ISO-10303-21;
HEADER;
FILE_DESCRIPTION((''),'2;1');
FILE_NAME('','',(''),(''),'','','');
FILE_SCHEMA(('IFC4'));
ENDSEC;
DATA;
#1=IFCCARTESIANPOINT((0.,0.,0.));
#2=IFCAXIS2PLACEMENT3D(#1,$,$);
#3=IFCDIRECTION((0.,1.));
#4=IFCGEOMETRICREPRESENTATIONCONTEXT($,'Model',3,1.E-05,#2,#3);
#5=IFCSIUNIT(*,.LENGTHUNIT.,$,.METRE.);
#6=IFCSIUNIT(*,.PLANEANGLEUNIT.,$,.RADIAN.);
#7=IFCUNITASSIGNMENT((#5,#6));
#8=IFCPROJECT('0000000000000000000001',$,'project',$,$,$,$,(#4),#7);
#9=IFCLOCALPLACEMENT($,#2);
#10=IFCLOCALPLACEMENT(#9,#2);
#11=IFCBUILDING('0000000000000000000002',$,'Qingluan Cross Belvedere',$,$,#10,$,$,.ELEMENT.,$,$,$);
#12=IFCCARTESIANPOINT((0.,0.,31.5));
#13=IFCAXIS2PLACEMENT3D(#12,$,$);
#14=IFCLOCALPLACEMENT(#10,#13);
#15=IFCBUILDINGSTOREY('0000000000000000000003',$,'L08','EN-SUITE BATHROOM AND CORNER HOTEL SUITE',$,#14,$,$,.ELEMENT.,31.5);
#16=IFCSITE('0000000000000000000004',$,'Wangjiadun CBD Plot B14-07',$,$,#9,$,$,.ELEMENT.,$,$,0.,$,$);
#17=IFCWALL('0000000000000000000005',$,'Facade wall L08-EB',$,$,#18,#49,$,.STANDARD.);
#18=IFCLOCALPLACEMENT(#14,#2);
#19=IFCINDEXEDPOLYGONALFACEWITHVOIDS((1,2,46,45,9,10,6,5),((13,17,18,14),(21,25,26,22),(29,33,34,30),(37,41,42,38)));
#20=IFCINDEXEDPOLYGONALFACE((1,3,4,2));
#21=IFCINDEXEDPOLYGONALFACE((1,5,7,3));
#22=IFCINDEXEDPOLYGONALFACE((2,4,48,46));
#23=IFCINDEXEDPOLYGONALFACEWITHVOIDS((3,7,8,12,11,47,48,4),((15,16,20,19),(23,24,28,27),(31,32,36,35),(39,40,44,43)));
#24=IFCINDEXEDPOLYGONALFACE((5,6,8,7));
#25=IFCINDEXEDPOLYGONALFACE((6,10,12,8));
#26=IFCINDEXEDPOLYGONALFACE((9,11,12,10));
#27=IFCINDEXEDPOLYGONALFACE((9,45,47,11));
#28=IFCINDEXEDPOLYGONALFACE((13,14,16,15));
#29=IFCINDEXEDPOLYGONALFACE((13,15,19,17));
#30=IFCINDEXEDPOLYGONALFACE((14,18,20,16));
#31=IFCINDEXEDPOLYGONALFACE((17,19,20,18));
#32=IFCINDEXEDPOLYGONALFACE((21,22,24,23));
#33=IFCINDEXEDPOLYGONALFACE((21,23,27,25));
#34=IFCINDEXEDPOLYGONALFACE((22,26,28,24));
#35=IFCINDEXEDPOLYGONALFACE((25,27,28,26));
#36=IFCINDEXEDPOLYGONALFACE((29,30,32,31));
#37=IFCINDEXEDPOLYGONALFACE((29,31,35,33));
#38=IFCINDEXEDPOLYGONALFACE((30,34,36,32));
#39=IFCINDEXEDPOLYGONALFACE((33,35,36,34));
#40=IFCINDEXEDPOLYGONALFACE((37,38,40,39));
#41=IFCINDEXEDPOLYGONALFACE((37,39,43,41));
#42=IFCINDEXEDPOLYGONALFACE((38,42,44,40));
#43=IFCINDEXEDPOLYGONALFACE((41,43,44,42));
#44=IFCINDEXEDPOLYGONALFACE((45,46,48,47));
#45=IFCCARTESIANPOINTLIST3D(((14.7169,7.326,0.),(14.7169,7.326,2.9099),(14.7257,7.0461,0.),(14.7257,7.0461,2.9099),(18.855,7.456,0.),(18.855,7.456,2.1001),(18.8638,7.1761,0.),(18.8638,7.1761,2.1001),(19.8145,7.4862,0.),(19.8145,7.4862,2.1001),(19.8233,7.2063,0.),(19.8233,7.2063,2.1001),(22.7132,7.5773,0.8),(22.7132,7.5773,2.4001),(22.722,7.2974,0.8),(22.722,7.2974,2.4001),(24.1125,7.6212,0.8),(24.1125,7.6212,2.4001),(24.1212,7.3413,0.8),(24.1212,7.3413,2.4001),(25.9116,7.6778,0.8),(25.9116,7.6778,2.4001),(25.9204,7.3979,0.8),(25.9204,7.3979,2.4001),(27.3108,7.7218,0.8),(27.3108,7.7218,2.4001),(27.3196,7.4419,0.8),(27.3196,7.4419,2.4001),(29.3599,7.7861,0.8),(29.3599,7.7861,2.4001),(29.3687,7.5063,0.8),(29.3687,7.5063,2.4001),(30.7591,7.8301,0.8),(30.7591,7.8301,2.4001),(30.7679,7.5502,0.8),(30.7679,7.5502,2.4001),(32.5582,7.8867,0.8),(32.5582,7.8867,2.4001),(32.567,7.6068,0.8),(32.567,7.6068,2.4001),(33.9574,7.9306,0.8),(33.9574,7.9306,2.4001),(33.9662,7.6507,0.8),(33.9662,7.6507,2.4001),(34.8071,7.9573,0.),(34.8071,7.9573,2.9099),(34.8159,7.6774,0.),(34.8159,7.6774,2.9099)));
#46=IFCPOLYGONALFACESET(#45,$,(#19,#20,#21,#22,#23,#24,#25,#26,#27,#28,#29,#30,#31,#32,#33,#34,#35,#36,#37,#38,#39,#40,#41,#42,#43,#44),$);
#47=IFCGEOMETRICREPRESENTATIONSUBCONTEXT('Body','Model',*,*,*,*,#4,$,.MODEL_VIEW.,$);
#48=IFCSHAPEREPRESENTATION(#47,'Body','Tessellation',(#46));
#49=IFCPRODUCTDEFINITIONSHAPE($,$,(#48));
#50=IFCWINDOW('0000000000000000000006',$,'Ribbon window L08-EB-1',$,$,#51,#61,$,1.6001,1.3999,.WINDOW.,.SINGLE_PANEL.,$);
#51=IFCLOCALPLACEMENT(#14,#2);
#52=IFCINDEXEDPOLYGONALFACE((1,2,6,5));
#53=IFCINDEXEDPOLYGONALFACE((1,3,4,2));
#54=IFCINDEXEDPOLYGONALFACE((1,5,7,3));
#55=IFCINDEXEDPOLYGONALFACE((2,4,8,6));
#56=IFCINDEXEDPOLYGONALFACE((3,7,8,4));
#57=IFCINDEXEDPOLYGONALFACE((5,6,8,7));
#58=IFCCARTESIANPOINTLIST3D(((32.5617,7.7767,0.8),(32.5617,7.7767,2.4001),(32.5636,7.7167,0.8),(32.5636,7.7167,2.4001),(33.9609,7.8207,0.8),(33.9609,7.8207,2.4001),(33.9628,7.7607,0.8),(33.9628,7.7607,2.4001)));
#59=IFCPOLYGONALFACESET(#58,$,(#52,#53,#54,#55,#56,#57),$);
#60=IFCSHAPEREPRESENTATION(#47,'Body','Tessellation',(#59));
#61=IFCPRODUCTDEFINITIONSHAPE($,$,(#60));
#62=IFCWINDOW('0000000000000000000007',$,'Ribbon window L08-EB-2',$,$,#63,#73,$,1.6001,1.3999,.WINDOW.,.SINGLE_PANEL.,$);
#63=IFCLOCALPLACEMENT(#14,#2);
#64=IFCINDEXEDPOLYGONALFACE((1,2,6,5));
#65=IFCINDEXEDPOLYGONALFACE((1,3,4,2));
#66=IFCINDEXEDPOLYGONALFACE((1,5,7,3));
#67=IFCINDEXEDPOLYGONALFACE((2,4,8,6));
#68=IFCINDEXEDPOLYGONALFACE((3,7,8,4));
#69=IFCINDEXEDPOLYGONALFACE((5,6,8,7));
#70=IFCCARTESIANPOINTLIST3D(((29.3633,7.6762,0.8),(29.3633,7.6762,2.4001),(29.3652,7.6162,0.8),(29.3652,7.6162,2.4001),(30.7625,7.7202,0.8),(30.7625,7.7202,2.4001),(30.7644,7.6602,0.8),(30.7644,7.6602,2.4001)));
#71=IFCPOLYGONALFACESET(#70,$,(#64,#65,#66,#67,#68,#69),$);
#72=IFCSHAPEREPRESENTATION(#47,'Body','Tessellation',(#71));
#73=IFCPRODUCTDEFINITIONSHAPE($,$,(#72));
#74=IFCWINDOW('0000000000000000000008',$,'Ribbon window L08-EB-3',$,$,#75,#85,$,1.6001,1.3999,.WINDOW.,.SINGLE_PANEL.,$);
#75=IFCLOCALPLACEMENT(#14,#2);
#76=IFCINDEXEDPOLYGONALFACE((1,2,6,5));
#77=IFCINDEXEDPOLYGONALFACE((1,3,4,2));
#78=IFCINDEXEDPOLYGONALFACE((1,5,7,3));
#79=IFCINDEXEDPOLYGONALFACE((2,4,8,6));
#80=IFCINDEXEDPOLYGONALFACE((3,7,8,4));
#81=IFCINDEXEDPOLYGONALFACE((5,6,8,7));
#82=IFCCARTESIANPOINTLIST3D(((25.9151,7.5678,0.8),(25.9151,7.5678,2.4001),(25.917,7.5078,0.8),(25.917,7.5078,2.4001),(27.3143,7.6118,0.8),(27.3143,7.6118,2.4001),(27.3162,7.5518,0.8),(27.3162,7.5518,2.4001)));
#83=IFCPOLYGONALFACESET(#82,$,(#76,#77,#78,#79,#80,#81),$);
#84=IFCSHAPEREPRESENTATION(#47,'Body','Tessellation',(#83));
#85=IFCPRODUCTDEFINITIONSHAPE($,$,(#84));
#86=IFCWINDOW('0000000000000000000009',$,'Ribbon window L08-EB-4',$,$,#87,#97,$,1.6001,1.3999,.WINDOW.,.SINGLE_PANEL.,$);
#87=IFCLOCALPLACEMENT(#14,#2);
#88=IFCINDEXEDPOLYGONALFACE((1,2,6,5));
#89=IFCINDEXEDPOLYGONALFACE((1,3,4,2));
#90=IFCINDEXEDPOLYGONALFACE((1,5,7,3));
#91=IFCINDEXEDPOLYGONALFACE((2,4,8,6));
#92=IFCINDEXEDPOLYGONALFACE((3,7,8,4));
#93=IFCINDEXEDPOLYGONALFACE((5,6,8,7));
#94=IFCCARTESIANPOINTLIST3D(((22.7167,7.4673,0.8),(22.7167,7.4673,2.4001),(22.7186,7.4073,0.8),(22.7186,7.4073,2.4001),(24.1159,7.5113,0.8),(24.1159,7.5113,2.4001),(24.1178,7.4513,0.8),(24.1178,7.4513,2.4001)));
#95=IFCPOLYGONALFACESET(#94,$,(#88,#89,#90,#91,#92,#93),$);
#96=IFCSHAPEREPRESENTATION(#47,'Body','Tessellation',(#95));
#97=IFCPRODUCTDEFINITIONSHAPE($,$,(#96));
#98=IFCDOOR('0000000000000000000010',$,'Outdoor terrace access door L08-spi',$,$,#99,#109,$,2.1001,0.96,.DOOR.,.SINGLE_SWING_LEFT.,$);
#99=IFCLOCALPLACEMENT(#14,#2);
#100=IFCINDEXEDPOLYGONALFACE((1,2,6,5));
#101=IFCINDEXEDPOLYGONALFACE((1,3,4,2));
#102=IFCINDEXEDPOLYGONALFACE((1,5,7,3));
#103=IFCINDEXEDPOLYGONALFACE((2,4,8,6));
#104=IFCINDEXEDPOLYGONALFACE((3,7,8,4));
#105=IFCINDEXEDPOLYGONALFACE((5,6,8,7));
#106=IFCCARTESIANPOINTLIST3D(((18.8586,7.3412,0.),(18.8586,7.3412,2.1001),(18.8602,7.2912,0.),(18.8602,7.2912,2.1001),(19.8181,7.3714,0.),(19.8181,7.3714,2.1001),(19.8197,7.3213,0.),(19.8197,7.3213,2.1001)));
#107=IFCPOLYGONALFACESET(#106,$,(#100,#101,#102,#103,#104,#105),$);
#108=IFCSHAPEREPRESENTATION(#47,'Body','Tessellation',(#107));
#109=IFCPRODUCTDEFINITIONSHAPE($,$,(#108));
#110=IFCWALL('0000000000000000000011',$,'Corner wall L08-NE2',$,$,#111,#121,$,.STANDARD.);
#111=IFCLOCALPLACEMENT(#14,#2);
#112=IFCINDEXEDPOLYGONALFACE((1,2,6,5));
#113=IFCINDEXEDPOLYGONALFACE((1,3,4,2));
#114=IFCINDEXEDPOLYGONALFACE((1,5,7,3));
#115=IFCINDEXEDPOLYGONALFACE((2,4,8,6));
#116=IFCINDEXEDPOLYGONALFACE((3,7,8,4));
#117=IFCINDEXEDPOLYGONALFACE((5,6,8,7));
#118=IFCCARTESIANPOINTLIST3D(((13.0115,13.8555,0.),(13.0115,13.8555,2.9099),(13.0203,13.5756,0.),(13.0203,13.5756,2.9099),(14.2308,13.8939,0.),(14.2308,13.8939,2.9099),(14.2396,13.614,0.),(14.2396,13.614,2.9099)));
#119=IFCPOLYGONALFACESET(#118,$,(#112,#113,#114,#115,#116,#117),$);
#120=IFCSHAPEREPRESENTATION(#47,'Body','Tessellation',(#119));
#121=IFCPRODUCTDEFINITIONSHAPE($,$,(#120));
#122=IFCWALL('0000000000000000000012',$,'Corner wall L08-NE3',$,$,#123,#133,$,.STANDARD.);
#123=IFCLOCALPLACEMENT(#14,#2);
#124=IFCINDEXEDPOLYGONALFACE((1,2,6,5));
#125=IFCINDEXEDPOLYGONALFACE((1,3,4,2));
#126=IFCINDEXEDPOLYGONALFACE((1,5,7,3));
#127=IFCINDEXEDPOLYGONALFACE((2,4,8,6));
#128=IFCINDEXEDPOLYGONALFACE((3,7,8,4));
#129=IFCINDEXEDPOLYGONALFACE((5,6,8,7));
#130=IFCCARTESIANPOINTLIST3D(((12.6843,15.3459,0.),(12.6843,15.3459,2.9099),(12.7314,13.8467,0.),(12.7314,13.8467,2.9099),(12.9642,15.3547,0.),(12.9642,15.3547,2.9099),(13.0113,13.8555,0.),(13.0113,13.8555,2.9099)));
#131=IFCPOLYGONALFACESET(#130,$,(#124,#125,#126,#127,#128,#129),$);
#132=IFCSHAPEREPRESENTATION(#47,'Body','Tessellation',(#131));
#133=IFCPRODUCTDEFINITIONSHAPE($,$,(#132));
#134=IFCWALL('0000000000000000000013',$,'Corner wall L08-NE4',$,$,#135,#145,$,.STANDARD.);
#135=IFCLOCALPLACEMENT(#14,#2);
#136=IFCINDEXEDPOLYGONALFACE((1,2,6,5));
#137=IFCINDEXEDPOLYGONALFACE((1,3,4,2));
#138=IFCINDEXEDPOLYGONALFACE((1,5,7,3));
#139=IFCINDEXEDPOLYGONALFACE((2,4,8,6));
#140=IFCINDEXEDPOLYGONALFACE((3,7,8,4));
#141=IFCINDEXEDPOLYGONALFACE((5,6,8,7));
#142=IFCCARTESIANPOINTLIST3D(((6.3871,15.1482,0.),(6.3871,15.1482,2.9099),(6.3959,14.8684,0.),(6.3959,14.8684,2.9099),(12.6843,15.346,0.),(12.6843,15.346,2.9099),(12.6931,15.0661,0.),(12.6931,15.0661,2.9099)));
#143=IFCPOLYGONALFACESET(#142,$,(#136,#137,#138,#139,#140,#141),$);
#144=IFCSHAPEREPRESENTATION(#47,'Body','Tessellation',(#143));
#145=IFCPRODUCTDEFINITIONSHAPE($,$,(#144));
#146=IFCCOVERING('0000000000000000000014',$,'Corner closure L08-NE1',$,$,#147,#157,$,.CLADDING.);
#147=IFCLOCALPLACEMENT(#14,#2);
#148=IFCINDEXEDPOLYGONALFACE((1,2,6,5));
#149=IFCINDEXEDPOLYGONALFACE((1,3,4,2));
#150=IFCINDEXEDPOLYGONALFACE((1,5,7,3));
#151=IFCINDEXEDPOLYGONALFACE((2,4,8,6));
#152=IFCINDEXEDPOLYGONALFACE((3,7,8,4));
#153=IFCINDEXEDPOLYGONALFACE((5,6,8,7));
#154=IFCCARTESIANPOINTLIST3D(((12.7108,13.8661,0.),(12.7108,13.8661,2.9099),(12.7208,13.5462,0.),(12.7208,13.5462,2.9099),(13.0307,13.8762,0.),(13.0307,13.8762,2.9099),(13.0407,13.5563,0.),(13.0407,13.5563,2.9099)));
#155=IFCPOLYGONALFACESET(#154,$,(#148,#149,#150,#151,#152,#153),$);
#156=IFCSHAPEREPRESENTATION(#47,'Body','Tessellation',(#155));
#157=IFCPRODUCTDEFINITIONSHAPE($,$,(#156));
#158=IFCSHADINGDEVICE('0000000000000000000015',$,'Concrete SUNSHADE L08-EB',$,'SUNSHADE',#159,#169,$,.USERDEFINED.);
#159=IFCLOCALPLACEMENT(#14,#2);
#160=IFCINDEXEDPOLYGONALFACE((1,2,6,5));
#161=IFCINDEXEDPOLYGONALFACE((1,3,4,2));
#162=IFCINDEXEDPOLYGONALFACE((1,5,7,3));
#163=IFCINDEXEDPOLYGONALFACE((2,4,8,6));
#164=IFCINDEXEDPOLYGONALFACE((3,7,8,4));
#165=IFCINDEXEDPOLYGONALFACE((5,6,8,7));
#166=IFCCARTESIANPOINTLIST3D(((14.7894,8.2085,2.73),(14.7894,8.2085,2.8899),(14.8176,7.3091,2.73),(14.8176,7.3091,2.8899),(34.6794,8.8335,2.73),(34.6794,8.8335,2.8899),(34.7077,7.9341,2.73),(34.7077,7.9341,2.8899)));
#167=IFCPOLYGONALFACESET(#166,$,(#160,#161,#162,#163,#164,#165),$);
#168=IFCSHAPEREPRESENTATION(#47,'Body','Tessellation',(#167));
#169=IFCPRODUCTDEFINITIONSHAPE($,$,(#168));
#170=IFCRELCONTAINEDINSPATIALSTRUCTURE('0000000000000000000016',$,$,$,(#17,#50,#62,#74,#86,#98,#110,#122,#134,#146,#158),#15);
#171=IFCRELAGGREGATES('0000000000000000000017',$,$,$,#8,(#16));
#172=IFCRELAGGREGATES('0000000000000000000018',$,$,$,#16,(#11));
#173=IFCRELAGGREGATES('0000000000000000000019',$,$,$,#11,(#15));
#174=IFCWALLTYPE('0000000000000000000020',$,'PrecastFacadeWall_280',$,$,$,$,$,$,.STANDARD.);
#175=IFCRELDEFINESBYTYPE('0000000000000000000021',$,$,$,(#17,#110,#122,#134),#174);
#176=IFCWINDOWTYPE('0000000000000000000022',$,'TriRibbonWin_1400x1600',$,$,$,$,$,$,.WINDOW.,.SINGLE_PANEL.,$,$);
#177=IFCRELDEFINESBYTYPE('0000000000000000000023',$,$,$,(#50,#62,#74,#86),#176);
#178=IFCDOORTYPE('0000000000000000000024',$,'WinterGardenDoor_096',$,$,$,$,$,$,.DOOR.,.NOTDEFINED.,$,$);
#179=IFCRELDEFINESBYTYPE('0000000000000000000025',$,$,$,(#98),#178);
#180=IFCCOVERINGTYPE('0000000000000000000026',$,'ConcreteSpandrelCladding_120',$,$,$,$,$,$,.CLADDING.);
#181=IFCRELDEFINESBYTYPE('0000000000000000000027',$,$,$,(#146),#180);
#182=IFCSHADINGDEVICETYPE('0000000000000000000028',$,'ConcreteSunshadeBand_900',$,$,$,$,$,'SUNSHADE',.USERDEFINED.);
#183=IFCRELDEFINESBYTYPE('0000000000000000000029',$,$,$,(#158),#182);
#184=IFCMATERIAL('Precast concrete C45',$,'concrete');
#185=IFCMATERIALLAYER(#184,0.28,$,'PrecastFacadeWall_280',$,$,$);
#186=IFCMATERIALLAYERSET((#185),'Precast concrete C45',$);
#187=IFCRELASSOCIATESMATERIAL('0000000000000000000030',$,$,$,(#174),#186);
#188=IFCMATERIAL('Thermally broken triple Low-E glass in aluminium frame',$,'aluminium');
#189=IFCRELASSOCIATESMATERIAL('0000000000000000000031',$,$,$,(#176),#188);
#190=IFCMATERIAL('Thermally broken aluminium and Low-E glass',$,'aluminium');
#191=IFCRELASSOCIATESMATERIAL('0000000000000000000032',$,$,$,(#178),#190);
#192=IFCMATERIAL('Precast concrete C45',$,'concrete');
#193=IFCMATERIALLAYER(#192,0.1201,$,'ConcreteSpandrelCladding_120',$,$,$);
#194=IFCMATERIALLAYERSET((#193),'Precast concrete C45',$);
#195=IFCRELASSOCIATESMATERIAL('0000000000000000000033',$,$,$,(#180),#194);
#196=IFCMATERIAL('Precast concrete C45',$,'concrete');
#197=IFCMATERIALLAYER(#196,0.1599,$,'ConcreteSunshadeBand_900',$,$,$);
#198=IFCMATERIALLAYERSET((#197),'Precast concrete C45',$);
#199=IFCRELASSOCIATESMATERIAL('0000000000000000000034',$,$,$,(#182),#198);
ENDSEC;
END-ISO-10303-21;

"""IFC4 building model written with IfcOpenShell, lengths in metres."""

from ifc_helpers import new_model, si_unit, direction, frame, frame_2d, origin, origin_2d, place, context, subcontext, project, spatial, rectangle, extrude, material, layer, layer_set, type_object, element, fill, save


model = new_model("IFC4")

# Units and contexts
model_context = context("Model", 3, precision=1e-05, world=origin(), true_north=direction((0.0, 1.0)))
body_context = subcontext(model_context, "Body", "Model", "MODEL_VIEW")
ifc_project = project(units=[si_unit("LENGTHUNIT", "METRE"), si_unit("PLANEANGLEUNIT", "RADIAN")], contexts=[model_context])

# Site, building, storey
site_placement = place(None, origin())
site = spatial("IfcSite", under=ifc_project, at=site_placement, Name="Wangjiadun CBD Plot B14-07", CompositionType="ELEMENT", RefElevation=0.0)
building_placement = place(site_placement, origin())
building = spatial("IfcBuilding", under=site, at=building_placement, Name="Qingluan Cross Belvedere", CompositionType="ELEMENT")
storey_placement = place(building_placement, frame((0.0, 0.0, 31.5)))
storey = spatial("IfcBuildingStorey", under=building, at=storey_placement, Name="L08", Description="EN-SUITE BATHROOM AND CORNER HOTEL SUITE", CompositionType="ELEMENT", Elevation=31.5)

# Wall, openings, windows, door
ifc_material_1 = material(Name="Precast concrete C45", Category="concrete")
ifc_layer_1 = layer(ifc_material_1, 0.28, Name="PrecastFacadeWall_280")
ifc_layer_set_1 = layer_set([ifc_layer_1], Name="Precast concrete C45")
wall_type = type_object("IfcWallType", Name="PrecastFacadeWall_280", PredefinedType="STANDARD", material=ifc_layer_set_1)
wall_1_placement = place(storey_placement, frame((34.8115, 7.8174, 0.0), z_axis=(0.0, 0.0, 1.0), x_axis=(-0.999507, -0.03141, 0.0)))
wall_1 = element("IfcWall", 1, at=wall_1_placement, inside=storey, type_object=wall_type, Name="Facade wall L08-EB", PredefinedType="STANDARD", context=body_context, shape_type="SweptSolid", body=[
    extrude(rectangle(XDim=20.1001, YDim=0.28, at=frame_2d((10.05, 0.0))), origin(), (0.0, 0.0, 1.0), 2.9099),
])
opening_1_placement = place(wall_1_placement, frame((0.8501, 0.0, 0.8)))
opening_1 = element("IfcOpeningElement", 2, at=opening_1_placement, cuts=wall_1, PredefinedType="OPENING", context=body_context, shape_type="SweptSolid", body=[
    extrude(rectangle(XDim=1.3999, YDim=1.6001, at=frame_2d((0.7, 0.8))), frame((0.0, 0.1499, 0.0), z_axis=(0.0, -1.0, 0.0), x_axis=(1.0, 0.0, 0.0)), (0.0, 0.0, 1.0), 0.3),
])
opening_2_placement = place(wall_1_placement, frame((4.05, 0.0, 0.8)))
opening_2 = element("IfcOpeningElement", 3, at=opening_2_placement, cuts=wall_1, PredefinedType="OPENING", context=body_context, shape_type="SweptSolid", body=[
    extrude(rectangle(XDim=1.3999, YDim=1.6001, at=frame_2d((0.7, 0.8))), frame((0.0, 0.1499, 0.0), z_axis=(0.0, -1.0, 0.0), x_axis=(1.0, 0.0, 0.0)), (0.0, 0.0, 1.0), 0.3),
])
opening_3_placement = place(wall_1_placement, frame((7.5, 0.0, 0.8)))
opening_3 = element("IfcOpeningElement", 4, at=opening_3_placement, cuts=wall_1, PredefinedType="OPENING", context=body_context, shape_type="SweptSolid", body=[
    extrude(rectangle(XDim=1.3999, YDim=1.6001, at=frame_2d((0.7, 0.8))), frame((0.0, 0.1499, 0.0), z_axis=(0.0, -1.0, 0.0), x_axis=(1.0, 0.0, 0.0)), (0.0, 0.0, 1.0), 0.3),
])
opening_4_placement = place(wall_1_placement, frame((10.7, 0.0, 0.8)))
opening_4 = element("IfcOpeningElement", 5, at=opening_4_placement, cuts=wall_1, PredefinedType="OPENING", context=body_context, shape_type="SweptSolid", body=[
    extrude(rectangle(XDim=1.3999, YDim=1.6001, at=frame_2d((0.7, 0.8))), frame((0.0, 0.1499, 0.0), z_axis=(0.0, -1.0, 0.0), x_axis=(1.0, 0.0, 0.0)), (0.0, 0.0, 1.0), 0.3),
])
opening_5_placement = place(wall_1_placement, frame((15.0, 0.0, 0.0)))
opening_5 = element("IfcOpeningElement", 6, at=opening_5_placement, cuts=wall_1, PredefinedType="OPENING", context=body_context, shape_type="SweptSolid", body=[
    extrude(rectangle(XDim=0.96, YDim=2.1001, at=frame_2d((0.48, 1.05))), frame((0.0, 0.1499, 0.0), z_axis=(0.0, -1.0, 0.0), x_axis=(1.0, 0.0, 0.0)), (0.0, 0.0, 1.0), 0.3),
])
ifc_material_2 = material(Name="Thermally broken triple Low-E glass in aluminium frame", Category="aluminium")
window_type = type_object("IfcWindowType", Name="TriRibbonWin_1400x1600", PartitioningType="SINGLE_PANEL", PredefinedType="WINDOW", material=ifc_material_2)
window_1_placement = place(opening_1_placement, origin())
window_1 = element("IfcWindow", 7, at=window_1_placement, inside=storey, type_object=window_type, Name="Ribbon window L08-EB-1", OverallHeight=1.6001, OverallWidth=1.3999, PartitioningType="SINGLE_PANEL", PredefinedType="WINDOW", context=body_context, shape_type="SweptSolid", body=[
    extrude(rectangle(XDim=1.3999, YDim=1.6001, at=frame_2d((0.7, 0.8))), frame((0.0, 0.03, 0.0), z_axis=(0.0, -1.0, 0.0), x_axis=(1.0, 0.0, 0.0)), (0.0, 0.0, 1.0), 0.0601),
])
fill(opening_1, window_1)
window_2_placement = place(opening_2_placement, origin())
window_2 = element("IfcWindow", 8, at=window_2_placement, inside=storey, type_object=window_type, Name="Ribbon window L08-EB-2", OverallHeight=1.6001, OverallWidth=1.3999, PartitioningType="SINGLE_PANEL", PredefinedType="WINDOW", context=body_context, shape_type="SweptSolid", body=[
    extrude(rectangle(XDim=1.3999, YDim=1.6001, at=frame_2d((0.7, 0.8))), frame((0.0, 0.03, 0.0), z_axis=(0.0, -1.0, 0.0), x_axis=(1.0, 0.0, 0.0)), (0.0, 0.0, 1.0), 0.0601),
])
fill(opening_2, window_2)
window_3_placement = place(opening_3_placement, origin())
window_3 = element("IfcWindow", 9, at=window_3_placement, inside=storey, type_object=window_type, Name="Ribbon window L08-EB-3", OverallHeight=1.6001, OverallWidth=1.3999, PartitioningType="SINGLE_PANEL", PredefinedType="WINDOW", context=body_context, shape_type="SweptSolid", body=[
    extrude(rectangle(XDim=1.3999, YDim=1.6001, at=frame_2d((0.7, 0.8))), frame((0.0, 0.03, 0.0), z_axis=(0.0, -1.0, 0.0), x_axis=(1.0, 0.0, 0.0)), (0.0, 0.0, 1.0), 0.0601),
])
fill(opening_3, window_3)
window_4_placement = place(opening_4_placement, origin())
window_4 = element("IfcWindow", 10, at=window_4_placement, inside=storey, type_object=window_type, Name="Ribbon window L08-EB-4", OverallHeight=1.6001, OverallWidth=1.3999, PartitioningType="SINGLE_PANEL", PredefinedType="WINDOW", context=body_context, shape_type="SweptSolid", body=[
    extrude(rectangle(XDim=1.3999, YDim=1.6001, at=frame_2d((0.7, 0.8))), frame((0.0, 0.03, 0.0), z_axis=(0.0, -1.0, 0.0), x_axis=(1.0, 0.0, 0.0)), (0.0, 0.0, 1.0), 0.0601),
])
fill(opening_4, window_4)
ifc_material_3 = material(Name="Thermally broken aluminium and Low-E glass", Category="aluminium")
door_type = type_object("IfcDoorType", Name="WinterGardenDoor_096", OperationType="NOTDEFINED", PredefinedType="DOOR", material=ifc_material_3)
door_placement = place(opening_5_placement, origin())
door = element("IfcDoor", 11, at=door_placement, inside=storey, type_object=door_type, Name="Outdoor terrace access door L08-spi", OperationType="SINGLE_SWING_LEFT", OverallHeight=2.1001, OverallWidth=0.96, PredefinedType="DOOR", context=body_context, shape_type="SweptSolid", body=[
    extrude(rectangle(XDim=0.96, YDim=2.1001, at=frame_2d((0.48, 1.05))), frame((0.0, 0.0249, 0.0), z_axis=(0.0, -1.0, 0.0), x_axis=(1.0, 0.0, 0.0)), (0.0, 0.0, 1.0), 0.05),
])
fill(opening_5, door)

# Walls
wall_2_placement = place(storey_placement, frame((14.2351, 13.7539, 0.0), z_axis=(0.0, 0.0, 1.0), x_axis=(-0.999506, -0.031416, 0.0)))
element("IfcWall", 12, at=wall_2_placement, inside=storey, type_object=wall_type, Name="Corner wall L08-NE2", PredefinedType="STANDARD", context=body_context, shape_type="SweptSolid", body=[
    extrude(rectangle(XDim=1.22, YDim=0.28, at=frame_2d((0.6099, 0.0))), origin(), (0.0, 0.0, 1.0), 2.9099),
])
wall_3_placement = place(storey_placement, frame((12.8713, 13.8511, 0.0), z_axis=(0.0, 0.0, 1.0), x_axis=(-0.031413, 0.999507, 0.0)))
element("IfcWall", 13, at=wall_3_placement, inside=storey, type_object=wall_type, Name="Corner wall L08-NE3", PredefinedType="STANDARD", context=body_context, shape_type="SweptSolid", body=[
    extrude(rectangle(XDim=1.5, YDim=0.28, at=frame_2d((0.75, 0.0))), origin(), (0.0, 0.0, 1.0), 2.9099),
])
wall_4_placement = place(storey_placement, frame((12.6887, 15.2061, 0.0), z_axis=(0.0, 0.0, 1.0), x_axis=(-0.999507, -0.031388, 0.0)))
element("IfcWall", 14, at=wall_4_placement, inside=storey, type_object=wall_type, Name="Corner wall L08-NE4", PredefinedType="STANDARD", context=body_context, shape_type="SweptSolid", body=[
    extrude(rectangle(XDim=6.3003, YDim=0.28, at=frame_2d((3.1501, 0.0))), origin(), (0.0, 0.0, 1.0), 2.9099),
])

# Covering
ifc_material_4 = material(Name="Precast concrete C45", Category="concrete")
ifc_layer_2 = layer(ifc_material_4, 0.1201, Name="ConcreteSpandrelCladding_120")
ifc_layer_set_2 = layer_set([ifc_layer_2], Name="Precast concrete C45")
covering_type_1 = type_object("IfcCoveringType", Name="ConcreteSpandrelCladding_120", PredefinedType="CLADDING", material=ifc_layer_set_2)
covering_1_placement = place(storey_placement, frame((12.8757, 13.7112, 0.0), z_axis=(0.0, 0.0, 1.0), x_axis=(0.999507, 0.031411, 0.0)))
element("IfcCovering", 15, at=covering_1_placement, inside=storey, type_object=covering_type_1, Name="Corner closure L08-NE1", PredefinedType="CLADDING", context=body_context, shape_type="SweptSolid", body=[
    extrude(rectangle(XDim=0.3201, YDim=0.3201, at=origin_2d()), origin(), (0.0, 0.0, 1.0), 2.9099),
])

# Shading device
ifc_material_5 = material(Name="Precast concrete C45", Category="concrete")
ifc_layer_3 = layer(ifc_material_5, 0.1599, Name="ConcreteSunshadeBand_900")
ifc_layer_set_3 = layer_set([ifc_layer_3], Name="Precast concrete C45")
shading_device_type = type_object("IfcShadingDeviceType", Name="ConcreteSunshadeBand_900", ElementType="SUNSHADE", PredefinedType="USERDEFINED", material=ifc_layer_set_3)
shading_device_placement = place(storey_placement, frame((24.7485, 8.0713, 2.73), z_axis=(0.0, 0.0, 1.0), x_axis=(-0.999507, -0.031408, 0.0)))
element("IfcShadingDevice", 16, at=shading_device_placement, inside=storey, type_object=shading_device_type, Name="Concrete SUNSHADE L08-EB", ObjectType="SUNSHADE", PredefinedType="USERDEFINED", context=body_context, shape_type="SweptSolid", body=[
    extrude(rectangle(XDim=19.8999, YDim=0.8999, at=origin_2d()), origin(), (0.0, 0.0, 1.0), 0.1599),
])

save(model, "model.ifc")
